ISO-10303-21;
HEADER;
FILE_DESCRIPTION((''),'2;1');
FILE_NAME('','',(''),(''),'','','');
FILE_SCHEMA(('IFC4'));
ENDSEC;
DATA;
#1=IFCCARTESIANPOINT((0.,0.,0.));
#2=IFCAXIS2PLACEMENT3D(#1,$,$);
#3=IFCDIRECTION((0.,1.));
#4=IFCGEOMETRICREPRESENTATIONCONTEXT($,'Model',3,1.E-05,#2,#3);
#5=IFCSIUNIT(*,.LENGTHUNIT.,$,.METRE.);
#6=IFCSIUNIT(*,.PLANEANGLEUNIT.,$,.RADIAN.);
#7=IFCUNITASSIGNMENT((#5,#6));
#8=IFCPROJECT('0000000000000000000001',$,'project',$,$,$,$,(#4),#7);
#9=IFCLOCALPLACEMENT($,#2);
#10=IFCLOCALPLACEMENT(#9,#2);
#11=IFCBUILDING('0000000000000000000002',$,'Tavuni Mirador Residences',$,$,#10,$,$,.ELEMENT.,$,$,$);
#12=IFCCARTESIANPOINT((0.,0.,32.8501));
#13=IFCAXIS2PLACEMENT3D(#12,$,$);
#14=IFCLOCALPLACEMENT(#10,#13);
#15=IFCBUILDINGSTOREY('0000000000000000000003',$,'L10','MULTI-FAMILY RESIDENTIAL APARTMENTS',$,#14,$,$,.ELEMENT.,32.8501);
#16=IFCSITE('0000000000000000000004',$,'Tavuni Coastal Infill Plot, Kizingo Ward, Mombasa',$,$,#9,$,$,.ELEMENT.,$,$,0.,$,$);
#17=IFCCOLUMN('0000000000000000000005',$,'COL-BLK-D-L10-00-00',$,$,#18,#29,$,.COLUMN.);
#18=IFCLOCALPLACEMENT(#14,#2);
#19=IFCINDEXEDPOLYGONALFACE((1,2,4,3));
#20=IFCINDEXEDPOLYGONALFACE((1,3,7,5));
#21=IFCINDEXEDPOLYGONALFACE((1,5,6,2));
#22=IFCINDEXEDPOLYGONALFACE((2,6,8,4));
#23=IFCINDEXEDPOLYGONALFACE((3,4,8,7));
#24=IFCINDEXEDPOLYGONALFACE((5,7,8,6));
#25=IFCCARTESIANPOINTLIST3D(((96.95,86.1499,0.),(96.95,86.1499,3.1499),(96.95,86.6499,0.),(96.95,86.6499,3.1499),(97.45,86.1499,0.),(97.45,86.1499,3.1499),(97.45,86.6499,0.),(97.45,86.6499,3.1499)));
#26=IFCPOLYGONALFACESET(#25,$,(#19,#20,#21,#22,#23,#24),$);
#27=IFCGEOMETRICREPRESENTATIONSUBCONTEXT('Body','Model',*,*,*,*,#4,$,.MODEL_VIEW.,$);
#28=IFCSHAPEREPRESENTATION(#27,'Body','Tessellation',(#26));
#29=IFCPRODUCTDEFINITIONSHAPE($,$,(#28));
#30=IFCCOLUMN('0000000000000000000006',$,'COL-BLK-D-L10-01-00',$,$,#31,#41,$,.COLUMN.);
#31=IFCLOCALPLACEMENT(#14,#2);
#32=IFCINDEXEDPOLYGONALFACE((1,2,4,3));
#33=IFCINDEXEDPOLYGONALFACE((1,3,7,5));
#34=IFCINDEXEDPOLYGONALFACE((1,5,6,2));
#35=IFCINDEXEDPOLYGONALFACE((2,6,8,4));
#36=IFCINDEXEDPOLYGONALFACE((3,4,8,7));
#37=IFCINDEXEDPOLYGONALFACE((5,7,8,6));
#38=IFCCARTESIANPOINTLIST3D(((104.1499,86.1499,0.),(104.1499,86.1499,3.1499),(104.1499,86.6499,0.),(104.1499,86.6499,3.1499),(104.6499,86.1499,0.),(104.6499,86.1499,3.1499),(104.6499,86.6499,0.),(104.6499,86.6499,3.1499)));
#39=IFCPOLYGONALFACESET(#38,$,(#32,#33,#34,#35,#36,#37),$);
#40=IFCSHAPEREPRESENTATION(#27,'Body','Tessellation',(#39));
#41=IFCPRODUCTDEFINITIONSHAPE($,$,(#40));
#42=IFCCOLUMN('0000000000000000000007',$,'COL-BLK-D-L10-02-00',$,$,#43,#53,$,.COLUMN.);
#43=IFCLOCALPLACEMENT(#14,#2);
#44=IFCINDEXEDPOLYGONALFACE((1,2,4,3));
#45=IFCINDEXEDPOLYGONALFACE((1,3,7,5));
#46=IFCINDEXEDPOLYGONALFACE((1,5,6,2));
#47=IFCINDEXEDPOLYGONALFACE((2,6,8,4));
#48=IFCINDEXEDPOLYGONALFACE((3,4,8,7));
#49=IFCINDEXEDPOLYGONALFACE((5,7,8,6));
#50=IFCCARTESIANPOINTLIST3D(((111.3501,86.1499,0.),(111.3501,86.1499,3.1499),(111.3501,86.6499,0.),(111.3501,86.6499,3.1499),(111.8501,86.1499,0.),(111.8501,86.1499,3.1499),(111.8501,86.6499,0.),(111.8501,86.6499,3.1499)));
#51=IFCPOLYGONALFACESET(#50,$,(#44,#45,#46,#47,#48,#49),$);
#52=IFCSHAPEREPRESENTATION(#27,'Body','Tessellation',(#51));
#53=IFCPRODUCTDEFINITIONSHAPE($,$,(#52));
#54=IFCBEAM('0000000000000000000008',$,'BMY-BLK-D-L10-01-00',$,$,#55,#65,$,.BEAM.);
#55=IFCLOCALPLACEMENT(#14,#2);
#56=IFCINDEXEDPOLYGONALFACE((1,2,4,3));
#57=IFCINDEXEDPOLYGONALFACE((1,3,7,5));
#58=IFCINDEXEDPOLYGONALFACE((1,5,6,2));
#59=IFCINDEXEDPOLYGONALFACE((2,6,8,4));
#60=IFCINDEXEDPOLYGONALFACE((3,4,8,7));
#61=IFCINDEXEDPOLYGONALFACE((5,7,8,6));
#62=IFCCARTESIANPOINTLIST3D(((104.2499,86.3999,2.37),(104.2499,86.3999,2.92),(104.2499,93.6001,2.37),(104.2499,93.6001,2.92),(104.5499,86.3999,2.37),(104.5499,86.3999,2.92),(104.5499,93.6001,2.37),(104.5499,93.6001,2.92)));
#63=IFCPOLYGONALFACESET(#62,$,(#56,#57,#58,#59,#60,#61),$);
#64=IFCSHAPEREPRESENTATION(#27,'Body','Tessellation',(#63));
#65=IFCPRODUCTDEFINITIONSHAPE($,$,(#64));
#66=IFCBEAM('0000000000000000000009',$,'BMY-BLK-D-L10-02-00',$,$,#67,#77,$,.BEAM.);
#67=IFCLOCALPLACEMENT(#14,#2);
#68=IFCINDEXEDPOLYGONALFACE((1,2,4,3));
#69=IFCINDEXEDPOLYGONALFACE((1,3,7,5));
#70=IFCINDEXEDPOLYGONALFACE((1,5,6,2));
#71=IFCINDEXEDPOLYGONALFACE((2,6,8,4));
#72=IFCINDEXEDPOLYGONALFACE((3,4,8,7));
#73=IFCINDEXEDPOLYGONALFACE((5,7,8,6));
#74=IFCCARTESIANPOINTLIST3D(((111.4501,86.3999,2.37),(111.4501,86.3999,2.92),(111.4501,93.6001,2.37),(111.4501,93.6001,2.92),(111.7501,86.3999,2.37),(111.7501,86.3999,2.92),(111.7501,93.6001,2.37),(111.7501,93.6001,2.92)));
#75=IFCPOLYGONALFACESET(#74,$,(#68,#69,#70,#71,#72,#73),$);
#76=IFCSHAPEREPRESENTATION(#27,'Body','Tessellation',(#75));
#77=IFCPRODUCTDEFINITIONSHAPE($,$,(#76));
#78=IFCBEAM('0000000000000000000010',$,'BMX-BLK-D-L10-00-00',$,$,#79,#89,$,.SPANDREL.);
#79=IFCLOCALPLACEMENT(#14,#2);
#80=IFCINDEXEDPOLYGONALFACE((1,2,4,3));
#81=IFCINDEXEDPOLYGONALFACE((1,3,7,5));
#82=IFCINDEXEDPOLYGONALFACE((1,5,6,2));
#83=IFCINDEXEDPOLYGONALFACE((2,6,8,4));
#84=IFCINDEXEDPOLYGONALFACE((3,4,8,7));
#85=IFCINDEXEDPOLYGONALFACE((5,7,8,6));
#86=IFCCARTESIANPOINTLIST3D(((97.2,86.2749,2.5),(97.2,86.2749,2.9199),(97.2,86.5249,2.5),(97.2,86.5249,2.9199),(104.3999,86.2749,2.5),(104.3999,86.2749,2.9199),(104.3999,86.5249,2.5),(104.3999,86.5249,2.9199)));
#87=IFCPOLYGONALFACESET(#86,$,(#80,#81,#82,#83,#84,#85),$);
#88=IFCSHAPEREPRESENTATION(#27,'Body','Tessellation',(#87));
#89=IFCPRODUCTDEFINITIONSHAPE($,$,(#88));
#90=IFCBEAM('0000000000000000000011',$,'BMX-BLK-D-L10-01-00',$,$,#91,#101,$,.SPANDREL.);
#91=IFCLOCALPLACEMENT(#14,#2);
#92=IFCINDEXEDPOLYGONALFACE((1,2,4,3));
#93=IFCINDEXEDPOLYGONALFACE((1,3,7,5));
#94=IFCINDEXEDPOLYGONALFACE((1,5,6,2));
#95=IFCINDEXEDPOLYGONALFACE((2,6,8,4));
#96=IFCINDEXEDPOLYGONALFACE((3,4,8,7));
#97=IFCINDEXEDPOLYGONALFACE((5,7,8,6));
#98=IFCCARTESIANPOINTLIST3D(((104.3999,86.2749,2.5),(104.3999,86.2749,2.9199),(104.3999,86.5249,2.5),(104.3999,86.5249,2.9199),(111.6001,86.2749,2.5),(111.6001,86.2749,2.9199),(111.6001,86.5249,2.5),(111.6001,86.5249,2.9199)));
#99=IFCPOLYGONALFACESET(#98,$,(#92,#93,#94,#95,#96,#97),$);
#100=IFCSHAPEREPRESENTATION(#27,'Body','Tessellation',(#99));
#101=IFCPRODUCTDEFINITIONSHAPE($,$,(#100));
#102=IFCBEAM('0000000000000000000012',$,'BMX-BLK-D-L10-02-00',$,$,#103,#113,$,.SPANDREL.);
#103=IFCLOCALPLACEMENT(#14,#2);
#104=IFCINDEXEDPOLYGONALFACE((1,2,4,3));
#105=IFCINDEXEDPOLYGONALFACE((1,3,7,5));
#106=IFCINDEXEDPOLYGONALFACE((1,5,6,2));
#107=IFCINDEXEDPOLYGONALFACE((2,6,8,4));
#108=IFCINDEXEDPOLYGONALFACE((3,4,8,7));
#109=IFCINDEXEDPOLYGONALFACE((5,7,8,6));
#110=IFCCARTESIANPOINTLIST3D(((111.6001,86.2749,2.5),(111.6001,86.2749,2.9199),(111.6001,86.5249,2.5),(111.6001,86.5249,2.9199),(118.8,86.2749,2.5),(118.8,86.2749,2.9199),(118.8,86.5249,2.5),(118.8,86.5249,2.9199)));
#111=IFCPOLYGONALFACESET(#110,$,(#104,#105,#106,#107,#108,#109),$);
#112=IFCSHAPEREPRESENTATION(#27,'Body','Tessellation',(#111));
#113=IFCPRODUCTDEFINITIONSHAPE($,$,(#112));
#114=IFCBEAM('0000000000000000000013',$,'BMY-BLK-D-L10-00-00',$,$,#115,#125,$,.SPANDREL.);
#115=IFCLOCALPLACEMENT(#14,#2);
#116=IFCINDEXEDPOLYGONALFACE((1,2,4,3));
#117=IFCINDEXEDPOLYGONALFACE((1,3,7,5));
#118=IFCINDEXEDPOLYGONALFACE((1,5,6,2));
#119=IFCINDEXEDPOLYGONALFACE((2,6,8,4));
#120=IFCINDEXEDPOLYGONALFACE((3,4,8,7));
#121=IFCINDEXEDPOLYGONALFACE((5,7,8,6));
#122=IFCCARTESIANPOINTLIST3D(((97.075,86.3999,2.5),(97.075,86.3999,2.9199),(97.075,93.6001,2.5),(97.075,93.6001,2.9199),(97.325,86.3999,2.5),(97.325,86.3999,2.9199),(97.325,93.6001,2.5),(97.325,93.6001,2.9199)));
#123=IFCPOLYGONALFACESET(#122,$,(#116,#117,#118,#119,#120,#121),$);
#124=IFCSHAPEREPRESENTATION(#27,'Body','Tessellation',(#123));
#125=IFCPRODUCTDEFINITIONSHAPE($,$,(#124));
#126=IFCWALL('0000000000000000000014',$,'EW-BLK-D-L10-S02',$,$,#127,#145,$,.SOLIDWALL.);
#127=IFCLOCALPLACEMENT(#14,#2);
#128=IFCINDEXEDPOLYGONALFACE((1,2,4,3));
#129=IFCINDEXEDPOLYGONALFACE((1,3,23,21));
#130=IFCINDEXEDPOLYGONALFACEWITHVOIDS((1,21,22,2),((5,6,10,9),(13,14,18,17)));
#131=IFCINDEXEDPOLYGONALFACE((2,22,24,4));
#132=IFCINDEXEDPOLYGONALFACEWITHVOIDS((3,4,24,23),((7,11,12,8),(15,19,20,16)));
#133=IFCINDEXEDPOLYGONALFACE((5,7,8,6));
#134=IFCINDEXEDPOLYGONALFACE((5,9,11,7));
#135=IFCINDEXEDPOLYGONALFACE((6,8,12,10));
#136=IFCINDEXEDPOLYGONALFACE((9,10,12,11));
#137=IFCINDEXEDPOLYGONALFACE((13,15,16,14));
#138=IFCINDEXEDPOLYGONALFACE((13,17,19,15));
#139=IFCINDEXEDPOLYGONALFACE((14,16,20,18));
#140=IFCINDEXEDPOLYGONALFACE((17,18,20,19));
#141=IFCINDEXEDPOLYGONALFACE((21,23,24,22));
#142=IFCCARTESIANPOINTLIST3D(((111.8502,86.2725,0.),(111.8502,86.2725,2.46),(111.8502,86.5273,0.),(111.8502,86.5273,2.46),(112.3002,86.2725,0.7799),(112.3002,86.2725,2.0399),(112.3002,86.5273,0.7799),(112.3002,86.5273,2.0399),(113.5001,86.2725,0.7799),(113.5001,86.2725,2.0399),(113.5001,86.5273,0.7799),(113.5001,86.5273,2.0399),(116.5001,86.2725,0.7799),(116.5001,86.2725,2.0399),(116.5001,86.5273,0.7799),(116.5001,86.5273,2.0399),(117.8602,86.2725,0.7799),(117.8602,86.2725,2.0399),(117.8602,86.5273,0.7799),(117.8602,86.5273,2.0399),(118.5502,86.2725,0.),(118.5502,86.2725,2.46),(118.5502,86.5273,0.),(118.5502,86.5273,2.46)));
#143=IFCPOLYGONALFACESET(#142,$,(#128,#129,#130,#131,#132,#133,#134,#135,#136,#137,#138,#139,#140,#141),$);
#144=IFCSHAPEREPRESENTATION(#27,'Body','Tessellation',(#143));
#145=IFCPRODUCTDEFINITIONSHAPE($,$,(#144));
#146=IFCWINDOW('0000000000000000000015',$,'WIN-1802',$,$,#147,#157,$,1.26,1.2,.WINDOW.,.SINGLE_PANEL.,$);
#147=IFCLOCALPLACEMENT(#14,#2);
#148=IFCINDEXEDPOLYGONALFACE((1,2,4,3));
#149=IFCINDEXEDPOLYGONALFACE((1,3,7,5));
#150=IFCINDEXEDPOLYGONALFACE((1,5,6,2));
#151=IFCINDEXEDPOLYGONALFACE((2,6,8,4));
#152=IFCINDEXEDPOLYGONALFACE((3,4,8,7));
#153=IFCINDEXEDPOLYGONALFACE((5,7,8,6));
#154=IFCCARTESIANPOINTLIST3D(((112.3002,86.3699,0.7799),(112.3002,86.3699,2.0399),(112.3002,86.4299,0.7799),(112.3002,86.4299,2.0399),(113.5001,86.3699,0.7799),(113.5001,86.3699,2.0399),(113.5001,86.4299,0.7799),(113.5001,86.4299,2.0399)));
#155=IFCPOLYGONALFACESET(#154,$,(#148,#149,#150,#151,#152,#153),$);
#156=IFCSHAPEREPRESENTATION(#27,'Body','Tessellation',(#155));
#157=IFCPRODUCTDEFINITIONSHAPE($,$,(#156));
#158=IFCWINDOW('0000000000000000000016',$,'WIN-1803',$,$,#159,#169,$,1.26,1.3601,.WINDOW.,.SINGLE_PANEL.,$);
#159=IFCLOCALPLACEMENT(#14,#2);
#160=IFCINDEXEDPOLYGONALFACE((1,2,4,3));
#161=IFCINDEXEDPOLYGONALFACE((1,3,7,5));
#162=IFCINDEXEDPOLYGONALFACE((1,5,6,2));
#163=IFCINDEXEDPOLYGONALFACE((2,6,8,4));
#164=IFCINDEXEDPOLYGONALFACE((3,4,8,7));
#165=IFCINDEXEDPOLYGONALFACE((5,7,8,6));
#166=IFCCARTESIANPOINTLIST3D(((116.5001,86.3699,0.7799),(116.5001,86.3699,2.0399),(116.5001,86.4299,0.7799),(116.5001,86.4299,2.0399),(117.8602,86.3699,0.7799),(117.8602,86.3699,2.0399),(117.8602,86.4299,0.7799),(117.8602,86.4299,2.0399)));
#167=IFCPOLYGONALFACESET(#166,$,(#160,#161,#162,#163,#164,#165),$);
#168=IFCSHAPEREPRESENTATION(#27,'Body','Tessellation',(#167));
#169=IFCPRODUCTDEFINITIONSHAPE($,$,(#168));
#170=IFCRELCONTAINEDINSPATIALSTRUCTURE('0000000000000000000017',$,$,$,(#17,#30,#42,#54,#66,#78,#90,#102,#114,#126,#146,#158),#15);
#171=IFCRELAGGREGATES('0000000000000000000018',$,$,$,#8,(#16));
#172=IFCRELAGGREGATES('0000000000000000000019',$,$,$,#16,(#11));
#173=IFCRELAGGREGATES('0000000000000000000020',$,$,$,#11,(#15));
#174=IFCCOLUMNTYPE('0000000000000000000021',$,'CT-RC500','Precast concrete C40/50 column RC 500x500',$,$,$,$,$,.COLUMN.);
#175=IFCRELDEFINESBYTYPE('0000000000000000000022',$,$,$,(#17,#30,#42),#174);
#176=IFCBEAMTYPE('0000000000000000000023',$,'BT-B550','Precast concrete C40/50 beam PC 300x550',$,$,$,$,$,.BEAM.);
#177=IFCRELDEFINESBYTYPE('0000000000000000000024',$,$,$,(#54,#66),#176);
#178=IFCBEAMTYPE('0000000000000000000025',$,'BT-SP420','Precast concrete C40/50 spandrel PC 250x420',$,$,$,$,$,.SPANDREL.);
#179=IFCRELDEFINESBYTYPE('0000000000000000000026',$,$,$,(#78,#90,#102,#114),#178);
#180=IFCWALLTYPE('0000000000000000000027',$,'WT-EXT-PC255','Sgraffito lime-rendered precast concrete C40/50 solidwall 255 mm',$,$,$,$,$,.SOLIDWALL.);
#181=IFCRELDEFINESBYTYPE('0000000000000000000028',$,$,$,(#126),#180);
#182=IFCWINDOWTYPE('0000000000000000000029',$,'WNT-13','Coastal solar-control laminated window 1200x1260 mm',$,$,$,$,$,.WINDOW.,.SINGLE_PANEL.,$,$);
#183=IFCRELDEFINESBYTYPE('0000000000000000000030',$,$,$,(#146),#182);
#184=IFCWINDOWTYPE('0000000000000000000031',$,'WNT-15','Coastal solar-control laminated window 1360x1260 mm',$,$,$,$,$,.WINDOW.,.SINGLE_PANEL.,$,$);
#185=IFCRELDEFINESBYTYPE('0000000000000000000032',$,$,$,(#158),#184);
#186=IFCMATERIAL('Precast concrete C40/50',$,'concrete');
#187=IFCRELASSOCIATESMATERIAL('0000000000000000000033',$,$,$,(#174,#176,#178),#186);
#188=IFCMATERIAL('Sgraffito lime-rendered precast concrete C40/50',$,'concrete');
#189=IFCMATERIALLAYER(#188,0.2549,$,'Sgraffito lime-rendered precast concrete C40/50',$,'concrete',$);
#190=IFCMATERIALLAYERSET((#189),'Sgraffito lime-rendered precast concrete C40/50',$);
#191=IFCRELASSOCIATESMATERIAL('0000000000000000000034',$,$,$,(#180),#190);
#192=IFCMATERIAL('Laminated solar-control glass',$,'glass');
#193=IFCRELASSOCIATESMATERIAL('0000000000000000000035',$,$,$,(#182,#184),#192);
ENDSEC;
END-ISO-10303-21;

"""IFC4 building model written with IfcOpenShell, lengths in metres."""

from ifc_helpers import new_model, si_unit, direction, frame, frame_2d, origin, origin_2d, place, context, subcontext, project, spatial, rectangle, extrude, material, layer, layer_set, material_profile, profile_set, type_object, element, fill, save


model = new_model("IFC4")

# Units and contexts
model_context = context("Model", 3, precision=1e-05, world=origin(), true_north=direction((0.0, 1.0)))
body_context = subcontext(model_context, "Body", "Model", "MODEL_VIEW")
ifc_project = project(units=[si_unit("LENGTHUNIT", "METRE"), si_unit("PLANEANGLEUNIT", "RADIAN")], contexts=[model_context])

# Site, building, storey
site_placement = place(None, origin())
site = spatial("IfcSite", under=ifc_project, at=site_placement, Name="Tavuni Coastal Infill Plot, Kizingo Ward, Mombasa", CompositionType="ELEMENT", RefElevation=0.0)
building_placement = place(site_placement, origin())
building = spatial("IfcBuilding", under=site, at=building_placement, Name="Tavuni Mirador Residences", CompositionType="ELEMENT")
storey_placement = place(building_placement, frame((0.0, 0.0, 32.8501)))
storey = spatial("IfcBuildingStorey", under=building, at=storey_placement, Name="L10", Description="MULTI-FAMILY RESIDENTIAL APARTMENTS", CompositionType="ELEMENT", Elevation=32.8501)

# Columns
ifc_material_1 = material(Name="Precast concrete C40/50", Category="concrete")
ifc_material_profile_1 = material_profile(ifc_material_1, rectangle(XDim=0.5, YDim=0.5, at=origin_2d()), Name="RC 500x500", Category="concrete")
ifc_profile_set_1 = profile_set([ifc_material_profile_1], Name="Precast concrete C40/50")
column_type = type_object("IfcColumnType", Name="CT-RC500", Description="Precast concrete C40/50 column RC 500x500", PredefinedType="COLUMN", material=ifc_profile_set_1)
for number, where, z_axis, x_axis, name in (
    (1, (97.2, 86.3999, 0.0), (0.0, 0.0, 1.0), (1.0, 0.0, 0.0), "COL-BLK-D-L10-00-00"),
    (2, (104.3999, 86.3999, 0.0), (0.0, 0.0, 1.0), (1.0, 0.0, 0.0), "COL-BLK-D-L10-01-00"),
    (3, (111.6001, 86.3999, 0.0), (0.0, 0.0, 1.0), (1.0, 0.0, 0.0), "COL-BLK-D-L10-02-00"),
):
    element("IfcColumn", number, at=place(storey_placement, frame(where, z_axis=z_axis, x_axis=x_axis)), inside=storey, type_object=column_type, Name=name, PredefinedType="COLUMN", context=body_context, shape_type="SweptSolid", body=[
        extrude(rectangle(XDim=0.5, YDim=0.5, at=origin_2d()), origin(), (0.0, 0.0, 1.0), 3.1499),
    ])

# Beams
ifc_material_profile_2 = material_profile(ifc_material_1, rectangle(XDim=0.3, YDim=0.55, at=origin_2d()), Name="PC 300x550", Category="concrete")
ifc_profile_set_2 = profile_set([ifc_material_profile_2], Name="Precast concrete C40/50")
beam_type_1 = type_object("IfcBeamType", Name="BT-B550", Description="Precast concrete C40/50 beam PC 300x550", PredefinedType="BEAM", material=ifc_profile_set_2)
for number, where, z_axis, x_axis, name in (
    (4, (104.3999, 86.3999, 2.645), (0.0, 1.0, 0.0), (-1.0, 0.0, 0.0), "BMY-BLK-D-L10-01-00"),
    (5, (111.6001, 86.3999, 2.645), (0.0, 1.0, 0.0), (-1.0, 0.0, 0.0), "BMY-BLK-D-L10-02-00"),
):
    element("IfcBeam", number, at=place(storey_placement, frame(where, z_axis=z_axis, x_axis=x_axis)), inside=storey, type_object=beam_type_1, Name=name, PredefinedType="BEAM", context=body_context, shape_type="SweptSolid", body=[
        extrude(rectangle(XDim=0.3, YDim=0.55, at=origin_2d()), origin(), (0.0, 0.0, 1.0), 7.2002),
    ])
ifc_material_profile_3 = material_profile(ifc_material_1, rectangle(XDim=0.25, YDim=0.4199, at=origin_2d()), Name="PC 250x420", Category="concrete")
ifc_profile_set_3 = profile_set([ifc_material_profile_3], Name="Precast concrete C40/50")
beam_type_2 = type_object("IfcBeamType", Name="BT-SP420", Description="Precast concrete C40/50 spandrel PC 250x420", PredefinedType="SPANDREL", material=ifc_profile_set_3)
beam_1_placement = place(storey_placement, frame((97.2, 86.3999, 2.71), z_axis=(1.0, 0.0, 0.0), x_axis=(0.0, 1.0, 0.0)))
element("IfcBeam", 6, at=beam_1_placement, inside=storey, type_object=beam_type_2, Name="BMX-BLK-D-L10-00-00", PredefinedType="SPANDREL", context=body_context, shape_type="SweptSolid", body=[
    extrude(rectangle(XDim=0.25, YDim=0.4199, at=origin_2d()), origin(), (0.0, 0.0, 1.0), 7.2),
])
beam_2_placement = place(storey_placement, frame((104.3999, 86.3999, 2.71), z_axis=(1.0, 0.0, 0.0), x_axis=(0.0, 1.0, 0.0)))
element("IfcBeam", 7, at=beam_2_placement, inside=storey, type_object=beam_type_2, Name="BMX-BLK-D-L10-01-00", PredefinedType="SPANDREL", context=body_context, shape_type="SweptSolid", body=[
    extrude(rectangle(XDim=0.25, YDim=0.4199, at=origin_2d()), origin(), (0.0, 0.0, 1.0), 7.2002),
])
beam_3_placement = place(storey_placement, frame((111.6001, 86.3999, 2.71), z_axis=(1.0, 0.0, 0.0), x_axis=(0.0, 1.0, 0.0)))
element("IfcBeam", 8, at=beam_3_placement, inside=storey, type_object=beam_type_2, Name="BMX-BLK-D-L10-02-00", PredefinedType="SPANDREL", context=body_context, shape_type="SweptSolid", body=[
    extrude(rectangle(XDim=0.25, YDim=0.4199, at=origin_2d()), origin(), (0.0, 0.0, 1.0), 7.2),
])
beam_4_placement = place(storey_placement, frame((97.2, 86.3999, 2.71), z_axis=(0.0, 1.0, 0.0), x_axis=(-1.0, 0.0, 0.0)))
element("IfcBeam", 9, at=beam_4_placement, inside=storey, type_object=beam_type_2, Name="BMY-BLK-D-L10-00-00", PredefinedType="SPANDREL", context=body_context, shape_type="SweptSolid", body=[
    extrude(rectangle(XDim=0.25, YDim=0.4199, at=origin_2d()), origin(), (0.0, 0.0, 1.0), 7.2002),
])

# Wall, openings, windows
ifc_material_2 = material(Name="Sgraffito lime-rendered precast concrete C40/50", Category="concrete")
ifc_layer_1 = layer(ifc_material_2, 0.2549, Name="Sgraffito lime-rendered precast concrete C40/50", Category="concrete")
ifc_layer_set_1 = layer_set([ifc_layer_1], Name="Sgraffito lime-rendered precast concrete C40/50")
wall_type_1 = type_object("IfcWallType", Name="WT-EXT-PC255", Description="Sgraffito lime-rendered precast concrete C40/50 solidwall 255 mm", PredefinedType="SOLIDWALL", material=ifc_layer_set_1)
wall_1_placement = place(storey_placement, frame((111.8501, 86.3999, 0.0), z_axis=(0.0, 0.0, 1.0), x_axis=(1.0, 0.0, 0.0)))
wall_1 = element("IfcWall", 10, at=wall_1_placement, inside=storey, type_object=wall_type_1, Name="EW-BLK-D-L10-S02", PredefinedType="SOLIDWALL", context=body_context, shape_type="SweptSolid", body=[
    extrude(rectangle(XDim=6.7, YDim=0.2549, at=frame_2d((3.3501, 0.0))), origin(), (0.0, 0.0, 1.0), 2.46),
])
opening_1_placement = place(wall_1_placement, frame((0.45, 0.0, 0.78)))
opening_1 = element("IfcOpeningElement", 11, at=opening_1_placement, cuts=wall_1, PredefinedType="OPENING", context=body_context, shape_type="SweptSolid", body=[
    extrude(rectangle(XDim=1.2, YDim=1.26, at=frame_2d((0.6001, 0.6299))), frame((0.0, 0.1375, 0.0), z_axis=(0.0, -1.0, 0.0), x_axis=(1.0, 0.0, 0.0)), (0.0, 0.0, 1.0), 0.2749),
])
opening_2_placement = place(wall_1_placement, frame((4.6499, 0.0, 0.78)))
opening_2 = element("IfcOpeningElement", 12, at=opening_2_placement, cuts=wall_1, PredefinedType="OPENING", context=body_context, shape_type="SweptSolid", body=[
    extrude(rectangle(XDim=1.3601, YDim=1.26, at=frame_2d((0.6802, 0.6299))), frame((0.0, 0.1375, 0.0), z_axis=(0.0, -1.0, 0.0), x_axis=(1.0, 0.0, 0.0)), (0.0, 0.0, 1.0), 0.2749),
])
ifc_material_3 = material(Name="Laminated solar-control glass", Category="glass")
window_type_1 = type_object("IfcWindowType", Name="WNT-13", Description="Coastal solar-control laminated window 1200x1260 mm", PartitioningType="SINGLE_PANEL", PredefinedType="WINDOW", material=ifc_material_3)
window_1_placement = place(opening_1_placement, origin())
window_1 = element("IfcWindow", 13, at=window_1_placement, inside=storey, type_object=window_type_1, Name="WIN-1802", OverallHeight=1.26, OverallWidth=1.2, PartitioningType="SINGLE_PANEL", PredefinedType="WINDOW", context=body_context, shape_type="SweptSolid", body=[
    extrude(rectangle(XDim=1.2, YDim=1.26, at=frame_2d((0.6001, 0.6299))), frame((0.0, 0.03, 0.0), z_axis=(0.0, -1.0, 0.0), x_axis=(1.0, 0.0, 0.0)), (0.0, 0.0, 1.0), 0.0601),
])
fill(opening_1, window_1)
window_type_2 = type_object("IfcWindowType", Name="WNT-15", Description="Coastal solar-control laminated window 1360x1260 mm", PartitioningType="SINGLE_PANEL", PredefinedType="WINDOW", material=ifc_material_3)
window_2_placement = place(opening_2_placement, origin())
window_2 = element("IfcWindow", 14, at=window_2_placement, inside=storey, type_object=window_type_2, Name="WIN-1803", OverallHeight=1.26, OverallWidth=1.3601, PartitioningType="SINGLE_PANEL", PredefinedType="WINDOW", context=body_context, shape_type="SweptSolid", body=[
    extrude(rectangle(XDim=1.3601, YDim=1.26, at=frame_2d((0.6802, 0.6299))), frame((0.0, 0.03, 0.0), z_axis=(0.0, -1.0, 0.0), x_axis=(1.0, 0.0, 0.0)), (0.0, 0.0, 1.0), 0.0601),
])
fill(opening_2, window_2)

save(model, "model.ifc")
